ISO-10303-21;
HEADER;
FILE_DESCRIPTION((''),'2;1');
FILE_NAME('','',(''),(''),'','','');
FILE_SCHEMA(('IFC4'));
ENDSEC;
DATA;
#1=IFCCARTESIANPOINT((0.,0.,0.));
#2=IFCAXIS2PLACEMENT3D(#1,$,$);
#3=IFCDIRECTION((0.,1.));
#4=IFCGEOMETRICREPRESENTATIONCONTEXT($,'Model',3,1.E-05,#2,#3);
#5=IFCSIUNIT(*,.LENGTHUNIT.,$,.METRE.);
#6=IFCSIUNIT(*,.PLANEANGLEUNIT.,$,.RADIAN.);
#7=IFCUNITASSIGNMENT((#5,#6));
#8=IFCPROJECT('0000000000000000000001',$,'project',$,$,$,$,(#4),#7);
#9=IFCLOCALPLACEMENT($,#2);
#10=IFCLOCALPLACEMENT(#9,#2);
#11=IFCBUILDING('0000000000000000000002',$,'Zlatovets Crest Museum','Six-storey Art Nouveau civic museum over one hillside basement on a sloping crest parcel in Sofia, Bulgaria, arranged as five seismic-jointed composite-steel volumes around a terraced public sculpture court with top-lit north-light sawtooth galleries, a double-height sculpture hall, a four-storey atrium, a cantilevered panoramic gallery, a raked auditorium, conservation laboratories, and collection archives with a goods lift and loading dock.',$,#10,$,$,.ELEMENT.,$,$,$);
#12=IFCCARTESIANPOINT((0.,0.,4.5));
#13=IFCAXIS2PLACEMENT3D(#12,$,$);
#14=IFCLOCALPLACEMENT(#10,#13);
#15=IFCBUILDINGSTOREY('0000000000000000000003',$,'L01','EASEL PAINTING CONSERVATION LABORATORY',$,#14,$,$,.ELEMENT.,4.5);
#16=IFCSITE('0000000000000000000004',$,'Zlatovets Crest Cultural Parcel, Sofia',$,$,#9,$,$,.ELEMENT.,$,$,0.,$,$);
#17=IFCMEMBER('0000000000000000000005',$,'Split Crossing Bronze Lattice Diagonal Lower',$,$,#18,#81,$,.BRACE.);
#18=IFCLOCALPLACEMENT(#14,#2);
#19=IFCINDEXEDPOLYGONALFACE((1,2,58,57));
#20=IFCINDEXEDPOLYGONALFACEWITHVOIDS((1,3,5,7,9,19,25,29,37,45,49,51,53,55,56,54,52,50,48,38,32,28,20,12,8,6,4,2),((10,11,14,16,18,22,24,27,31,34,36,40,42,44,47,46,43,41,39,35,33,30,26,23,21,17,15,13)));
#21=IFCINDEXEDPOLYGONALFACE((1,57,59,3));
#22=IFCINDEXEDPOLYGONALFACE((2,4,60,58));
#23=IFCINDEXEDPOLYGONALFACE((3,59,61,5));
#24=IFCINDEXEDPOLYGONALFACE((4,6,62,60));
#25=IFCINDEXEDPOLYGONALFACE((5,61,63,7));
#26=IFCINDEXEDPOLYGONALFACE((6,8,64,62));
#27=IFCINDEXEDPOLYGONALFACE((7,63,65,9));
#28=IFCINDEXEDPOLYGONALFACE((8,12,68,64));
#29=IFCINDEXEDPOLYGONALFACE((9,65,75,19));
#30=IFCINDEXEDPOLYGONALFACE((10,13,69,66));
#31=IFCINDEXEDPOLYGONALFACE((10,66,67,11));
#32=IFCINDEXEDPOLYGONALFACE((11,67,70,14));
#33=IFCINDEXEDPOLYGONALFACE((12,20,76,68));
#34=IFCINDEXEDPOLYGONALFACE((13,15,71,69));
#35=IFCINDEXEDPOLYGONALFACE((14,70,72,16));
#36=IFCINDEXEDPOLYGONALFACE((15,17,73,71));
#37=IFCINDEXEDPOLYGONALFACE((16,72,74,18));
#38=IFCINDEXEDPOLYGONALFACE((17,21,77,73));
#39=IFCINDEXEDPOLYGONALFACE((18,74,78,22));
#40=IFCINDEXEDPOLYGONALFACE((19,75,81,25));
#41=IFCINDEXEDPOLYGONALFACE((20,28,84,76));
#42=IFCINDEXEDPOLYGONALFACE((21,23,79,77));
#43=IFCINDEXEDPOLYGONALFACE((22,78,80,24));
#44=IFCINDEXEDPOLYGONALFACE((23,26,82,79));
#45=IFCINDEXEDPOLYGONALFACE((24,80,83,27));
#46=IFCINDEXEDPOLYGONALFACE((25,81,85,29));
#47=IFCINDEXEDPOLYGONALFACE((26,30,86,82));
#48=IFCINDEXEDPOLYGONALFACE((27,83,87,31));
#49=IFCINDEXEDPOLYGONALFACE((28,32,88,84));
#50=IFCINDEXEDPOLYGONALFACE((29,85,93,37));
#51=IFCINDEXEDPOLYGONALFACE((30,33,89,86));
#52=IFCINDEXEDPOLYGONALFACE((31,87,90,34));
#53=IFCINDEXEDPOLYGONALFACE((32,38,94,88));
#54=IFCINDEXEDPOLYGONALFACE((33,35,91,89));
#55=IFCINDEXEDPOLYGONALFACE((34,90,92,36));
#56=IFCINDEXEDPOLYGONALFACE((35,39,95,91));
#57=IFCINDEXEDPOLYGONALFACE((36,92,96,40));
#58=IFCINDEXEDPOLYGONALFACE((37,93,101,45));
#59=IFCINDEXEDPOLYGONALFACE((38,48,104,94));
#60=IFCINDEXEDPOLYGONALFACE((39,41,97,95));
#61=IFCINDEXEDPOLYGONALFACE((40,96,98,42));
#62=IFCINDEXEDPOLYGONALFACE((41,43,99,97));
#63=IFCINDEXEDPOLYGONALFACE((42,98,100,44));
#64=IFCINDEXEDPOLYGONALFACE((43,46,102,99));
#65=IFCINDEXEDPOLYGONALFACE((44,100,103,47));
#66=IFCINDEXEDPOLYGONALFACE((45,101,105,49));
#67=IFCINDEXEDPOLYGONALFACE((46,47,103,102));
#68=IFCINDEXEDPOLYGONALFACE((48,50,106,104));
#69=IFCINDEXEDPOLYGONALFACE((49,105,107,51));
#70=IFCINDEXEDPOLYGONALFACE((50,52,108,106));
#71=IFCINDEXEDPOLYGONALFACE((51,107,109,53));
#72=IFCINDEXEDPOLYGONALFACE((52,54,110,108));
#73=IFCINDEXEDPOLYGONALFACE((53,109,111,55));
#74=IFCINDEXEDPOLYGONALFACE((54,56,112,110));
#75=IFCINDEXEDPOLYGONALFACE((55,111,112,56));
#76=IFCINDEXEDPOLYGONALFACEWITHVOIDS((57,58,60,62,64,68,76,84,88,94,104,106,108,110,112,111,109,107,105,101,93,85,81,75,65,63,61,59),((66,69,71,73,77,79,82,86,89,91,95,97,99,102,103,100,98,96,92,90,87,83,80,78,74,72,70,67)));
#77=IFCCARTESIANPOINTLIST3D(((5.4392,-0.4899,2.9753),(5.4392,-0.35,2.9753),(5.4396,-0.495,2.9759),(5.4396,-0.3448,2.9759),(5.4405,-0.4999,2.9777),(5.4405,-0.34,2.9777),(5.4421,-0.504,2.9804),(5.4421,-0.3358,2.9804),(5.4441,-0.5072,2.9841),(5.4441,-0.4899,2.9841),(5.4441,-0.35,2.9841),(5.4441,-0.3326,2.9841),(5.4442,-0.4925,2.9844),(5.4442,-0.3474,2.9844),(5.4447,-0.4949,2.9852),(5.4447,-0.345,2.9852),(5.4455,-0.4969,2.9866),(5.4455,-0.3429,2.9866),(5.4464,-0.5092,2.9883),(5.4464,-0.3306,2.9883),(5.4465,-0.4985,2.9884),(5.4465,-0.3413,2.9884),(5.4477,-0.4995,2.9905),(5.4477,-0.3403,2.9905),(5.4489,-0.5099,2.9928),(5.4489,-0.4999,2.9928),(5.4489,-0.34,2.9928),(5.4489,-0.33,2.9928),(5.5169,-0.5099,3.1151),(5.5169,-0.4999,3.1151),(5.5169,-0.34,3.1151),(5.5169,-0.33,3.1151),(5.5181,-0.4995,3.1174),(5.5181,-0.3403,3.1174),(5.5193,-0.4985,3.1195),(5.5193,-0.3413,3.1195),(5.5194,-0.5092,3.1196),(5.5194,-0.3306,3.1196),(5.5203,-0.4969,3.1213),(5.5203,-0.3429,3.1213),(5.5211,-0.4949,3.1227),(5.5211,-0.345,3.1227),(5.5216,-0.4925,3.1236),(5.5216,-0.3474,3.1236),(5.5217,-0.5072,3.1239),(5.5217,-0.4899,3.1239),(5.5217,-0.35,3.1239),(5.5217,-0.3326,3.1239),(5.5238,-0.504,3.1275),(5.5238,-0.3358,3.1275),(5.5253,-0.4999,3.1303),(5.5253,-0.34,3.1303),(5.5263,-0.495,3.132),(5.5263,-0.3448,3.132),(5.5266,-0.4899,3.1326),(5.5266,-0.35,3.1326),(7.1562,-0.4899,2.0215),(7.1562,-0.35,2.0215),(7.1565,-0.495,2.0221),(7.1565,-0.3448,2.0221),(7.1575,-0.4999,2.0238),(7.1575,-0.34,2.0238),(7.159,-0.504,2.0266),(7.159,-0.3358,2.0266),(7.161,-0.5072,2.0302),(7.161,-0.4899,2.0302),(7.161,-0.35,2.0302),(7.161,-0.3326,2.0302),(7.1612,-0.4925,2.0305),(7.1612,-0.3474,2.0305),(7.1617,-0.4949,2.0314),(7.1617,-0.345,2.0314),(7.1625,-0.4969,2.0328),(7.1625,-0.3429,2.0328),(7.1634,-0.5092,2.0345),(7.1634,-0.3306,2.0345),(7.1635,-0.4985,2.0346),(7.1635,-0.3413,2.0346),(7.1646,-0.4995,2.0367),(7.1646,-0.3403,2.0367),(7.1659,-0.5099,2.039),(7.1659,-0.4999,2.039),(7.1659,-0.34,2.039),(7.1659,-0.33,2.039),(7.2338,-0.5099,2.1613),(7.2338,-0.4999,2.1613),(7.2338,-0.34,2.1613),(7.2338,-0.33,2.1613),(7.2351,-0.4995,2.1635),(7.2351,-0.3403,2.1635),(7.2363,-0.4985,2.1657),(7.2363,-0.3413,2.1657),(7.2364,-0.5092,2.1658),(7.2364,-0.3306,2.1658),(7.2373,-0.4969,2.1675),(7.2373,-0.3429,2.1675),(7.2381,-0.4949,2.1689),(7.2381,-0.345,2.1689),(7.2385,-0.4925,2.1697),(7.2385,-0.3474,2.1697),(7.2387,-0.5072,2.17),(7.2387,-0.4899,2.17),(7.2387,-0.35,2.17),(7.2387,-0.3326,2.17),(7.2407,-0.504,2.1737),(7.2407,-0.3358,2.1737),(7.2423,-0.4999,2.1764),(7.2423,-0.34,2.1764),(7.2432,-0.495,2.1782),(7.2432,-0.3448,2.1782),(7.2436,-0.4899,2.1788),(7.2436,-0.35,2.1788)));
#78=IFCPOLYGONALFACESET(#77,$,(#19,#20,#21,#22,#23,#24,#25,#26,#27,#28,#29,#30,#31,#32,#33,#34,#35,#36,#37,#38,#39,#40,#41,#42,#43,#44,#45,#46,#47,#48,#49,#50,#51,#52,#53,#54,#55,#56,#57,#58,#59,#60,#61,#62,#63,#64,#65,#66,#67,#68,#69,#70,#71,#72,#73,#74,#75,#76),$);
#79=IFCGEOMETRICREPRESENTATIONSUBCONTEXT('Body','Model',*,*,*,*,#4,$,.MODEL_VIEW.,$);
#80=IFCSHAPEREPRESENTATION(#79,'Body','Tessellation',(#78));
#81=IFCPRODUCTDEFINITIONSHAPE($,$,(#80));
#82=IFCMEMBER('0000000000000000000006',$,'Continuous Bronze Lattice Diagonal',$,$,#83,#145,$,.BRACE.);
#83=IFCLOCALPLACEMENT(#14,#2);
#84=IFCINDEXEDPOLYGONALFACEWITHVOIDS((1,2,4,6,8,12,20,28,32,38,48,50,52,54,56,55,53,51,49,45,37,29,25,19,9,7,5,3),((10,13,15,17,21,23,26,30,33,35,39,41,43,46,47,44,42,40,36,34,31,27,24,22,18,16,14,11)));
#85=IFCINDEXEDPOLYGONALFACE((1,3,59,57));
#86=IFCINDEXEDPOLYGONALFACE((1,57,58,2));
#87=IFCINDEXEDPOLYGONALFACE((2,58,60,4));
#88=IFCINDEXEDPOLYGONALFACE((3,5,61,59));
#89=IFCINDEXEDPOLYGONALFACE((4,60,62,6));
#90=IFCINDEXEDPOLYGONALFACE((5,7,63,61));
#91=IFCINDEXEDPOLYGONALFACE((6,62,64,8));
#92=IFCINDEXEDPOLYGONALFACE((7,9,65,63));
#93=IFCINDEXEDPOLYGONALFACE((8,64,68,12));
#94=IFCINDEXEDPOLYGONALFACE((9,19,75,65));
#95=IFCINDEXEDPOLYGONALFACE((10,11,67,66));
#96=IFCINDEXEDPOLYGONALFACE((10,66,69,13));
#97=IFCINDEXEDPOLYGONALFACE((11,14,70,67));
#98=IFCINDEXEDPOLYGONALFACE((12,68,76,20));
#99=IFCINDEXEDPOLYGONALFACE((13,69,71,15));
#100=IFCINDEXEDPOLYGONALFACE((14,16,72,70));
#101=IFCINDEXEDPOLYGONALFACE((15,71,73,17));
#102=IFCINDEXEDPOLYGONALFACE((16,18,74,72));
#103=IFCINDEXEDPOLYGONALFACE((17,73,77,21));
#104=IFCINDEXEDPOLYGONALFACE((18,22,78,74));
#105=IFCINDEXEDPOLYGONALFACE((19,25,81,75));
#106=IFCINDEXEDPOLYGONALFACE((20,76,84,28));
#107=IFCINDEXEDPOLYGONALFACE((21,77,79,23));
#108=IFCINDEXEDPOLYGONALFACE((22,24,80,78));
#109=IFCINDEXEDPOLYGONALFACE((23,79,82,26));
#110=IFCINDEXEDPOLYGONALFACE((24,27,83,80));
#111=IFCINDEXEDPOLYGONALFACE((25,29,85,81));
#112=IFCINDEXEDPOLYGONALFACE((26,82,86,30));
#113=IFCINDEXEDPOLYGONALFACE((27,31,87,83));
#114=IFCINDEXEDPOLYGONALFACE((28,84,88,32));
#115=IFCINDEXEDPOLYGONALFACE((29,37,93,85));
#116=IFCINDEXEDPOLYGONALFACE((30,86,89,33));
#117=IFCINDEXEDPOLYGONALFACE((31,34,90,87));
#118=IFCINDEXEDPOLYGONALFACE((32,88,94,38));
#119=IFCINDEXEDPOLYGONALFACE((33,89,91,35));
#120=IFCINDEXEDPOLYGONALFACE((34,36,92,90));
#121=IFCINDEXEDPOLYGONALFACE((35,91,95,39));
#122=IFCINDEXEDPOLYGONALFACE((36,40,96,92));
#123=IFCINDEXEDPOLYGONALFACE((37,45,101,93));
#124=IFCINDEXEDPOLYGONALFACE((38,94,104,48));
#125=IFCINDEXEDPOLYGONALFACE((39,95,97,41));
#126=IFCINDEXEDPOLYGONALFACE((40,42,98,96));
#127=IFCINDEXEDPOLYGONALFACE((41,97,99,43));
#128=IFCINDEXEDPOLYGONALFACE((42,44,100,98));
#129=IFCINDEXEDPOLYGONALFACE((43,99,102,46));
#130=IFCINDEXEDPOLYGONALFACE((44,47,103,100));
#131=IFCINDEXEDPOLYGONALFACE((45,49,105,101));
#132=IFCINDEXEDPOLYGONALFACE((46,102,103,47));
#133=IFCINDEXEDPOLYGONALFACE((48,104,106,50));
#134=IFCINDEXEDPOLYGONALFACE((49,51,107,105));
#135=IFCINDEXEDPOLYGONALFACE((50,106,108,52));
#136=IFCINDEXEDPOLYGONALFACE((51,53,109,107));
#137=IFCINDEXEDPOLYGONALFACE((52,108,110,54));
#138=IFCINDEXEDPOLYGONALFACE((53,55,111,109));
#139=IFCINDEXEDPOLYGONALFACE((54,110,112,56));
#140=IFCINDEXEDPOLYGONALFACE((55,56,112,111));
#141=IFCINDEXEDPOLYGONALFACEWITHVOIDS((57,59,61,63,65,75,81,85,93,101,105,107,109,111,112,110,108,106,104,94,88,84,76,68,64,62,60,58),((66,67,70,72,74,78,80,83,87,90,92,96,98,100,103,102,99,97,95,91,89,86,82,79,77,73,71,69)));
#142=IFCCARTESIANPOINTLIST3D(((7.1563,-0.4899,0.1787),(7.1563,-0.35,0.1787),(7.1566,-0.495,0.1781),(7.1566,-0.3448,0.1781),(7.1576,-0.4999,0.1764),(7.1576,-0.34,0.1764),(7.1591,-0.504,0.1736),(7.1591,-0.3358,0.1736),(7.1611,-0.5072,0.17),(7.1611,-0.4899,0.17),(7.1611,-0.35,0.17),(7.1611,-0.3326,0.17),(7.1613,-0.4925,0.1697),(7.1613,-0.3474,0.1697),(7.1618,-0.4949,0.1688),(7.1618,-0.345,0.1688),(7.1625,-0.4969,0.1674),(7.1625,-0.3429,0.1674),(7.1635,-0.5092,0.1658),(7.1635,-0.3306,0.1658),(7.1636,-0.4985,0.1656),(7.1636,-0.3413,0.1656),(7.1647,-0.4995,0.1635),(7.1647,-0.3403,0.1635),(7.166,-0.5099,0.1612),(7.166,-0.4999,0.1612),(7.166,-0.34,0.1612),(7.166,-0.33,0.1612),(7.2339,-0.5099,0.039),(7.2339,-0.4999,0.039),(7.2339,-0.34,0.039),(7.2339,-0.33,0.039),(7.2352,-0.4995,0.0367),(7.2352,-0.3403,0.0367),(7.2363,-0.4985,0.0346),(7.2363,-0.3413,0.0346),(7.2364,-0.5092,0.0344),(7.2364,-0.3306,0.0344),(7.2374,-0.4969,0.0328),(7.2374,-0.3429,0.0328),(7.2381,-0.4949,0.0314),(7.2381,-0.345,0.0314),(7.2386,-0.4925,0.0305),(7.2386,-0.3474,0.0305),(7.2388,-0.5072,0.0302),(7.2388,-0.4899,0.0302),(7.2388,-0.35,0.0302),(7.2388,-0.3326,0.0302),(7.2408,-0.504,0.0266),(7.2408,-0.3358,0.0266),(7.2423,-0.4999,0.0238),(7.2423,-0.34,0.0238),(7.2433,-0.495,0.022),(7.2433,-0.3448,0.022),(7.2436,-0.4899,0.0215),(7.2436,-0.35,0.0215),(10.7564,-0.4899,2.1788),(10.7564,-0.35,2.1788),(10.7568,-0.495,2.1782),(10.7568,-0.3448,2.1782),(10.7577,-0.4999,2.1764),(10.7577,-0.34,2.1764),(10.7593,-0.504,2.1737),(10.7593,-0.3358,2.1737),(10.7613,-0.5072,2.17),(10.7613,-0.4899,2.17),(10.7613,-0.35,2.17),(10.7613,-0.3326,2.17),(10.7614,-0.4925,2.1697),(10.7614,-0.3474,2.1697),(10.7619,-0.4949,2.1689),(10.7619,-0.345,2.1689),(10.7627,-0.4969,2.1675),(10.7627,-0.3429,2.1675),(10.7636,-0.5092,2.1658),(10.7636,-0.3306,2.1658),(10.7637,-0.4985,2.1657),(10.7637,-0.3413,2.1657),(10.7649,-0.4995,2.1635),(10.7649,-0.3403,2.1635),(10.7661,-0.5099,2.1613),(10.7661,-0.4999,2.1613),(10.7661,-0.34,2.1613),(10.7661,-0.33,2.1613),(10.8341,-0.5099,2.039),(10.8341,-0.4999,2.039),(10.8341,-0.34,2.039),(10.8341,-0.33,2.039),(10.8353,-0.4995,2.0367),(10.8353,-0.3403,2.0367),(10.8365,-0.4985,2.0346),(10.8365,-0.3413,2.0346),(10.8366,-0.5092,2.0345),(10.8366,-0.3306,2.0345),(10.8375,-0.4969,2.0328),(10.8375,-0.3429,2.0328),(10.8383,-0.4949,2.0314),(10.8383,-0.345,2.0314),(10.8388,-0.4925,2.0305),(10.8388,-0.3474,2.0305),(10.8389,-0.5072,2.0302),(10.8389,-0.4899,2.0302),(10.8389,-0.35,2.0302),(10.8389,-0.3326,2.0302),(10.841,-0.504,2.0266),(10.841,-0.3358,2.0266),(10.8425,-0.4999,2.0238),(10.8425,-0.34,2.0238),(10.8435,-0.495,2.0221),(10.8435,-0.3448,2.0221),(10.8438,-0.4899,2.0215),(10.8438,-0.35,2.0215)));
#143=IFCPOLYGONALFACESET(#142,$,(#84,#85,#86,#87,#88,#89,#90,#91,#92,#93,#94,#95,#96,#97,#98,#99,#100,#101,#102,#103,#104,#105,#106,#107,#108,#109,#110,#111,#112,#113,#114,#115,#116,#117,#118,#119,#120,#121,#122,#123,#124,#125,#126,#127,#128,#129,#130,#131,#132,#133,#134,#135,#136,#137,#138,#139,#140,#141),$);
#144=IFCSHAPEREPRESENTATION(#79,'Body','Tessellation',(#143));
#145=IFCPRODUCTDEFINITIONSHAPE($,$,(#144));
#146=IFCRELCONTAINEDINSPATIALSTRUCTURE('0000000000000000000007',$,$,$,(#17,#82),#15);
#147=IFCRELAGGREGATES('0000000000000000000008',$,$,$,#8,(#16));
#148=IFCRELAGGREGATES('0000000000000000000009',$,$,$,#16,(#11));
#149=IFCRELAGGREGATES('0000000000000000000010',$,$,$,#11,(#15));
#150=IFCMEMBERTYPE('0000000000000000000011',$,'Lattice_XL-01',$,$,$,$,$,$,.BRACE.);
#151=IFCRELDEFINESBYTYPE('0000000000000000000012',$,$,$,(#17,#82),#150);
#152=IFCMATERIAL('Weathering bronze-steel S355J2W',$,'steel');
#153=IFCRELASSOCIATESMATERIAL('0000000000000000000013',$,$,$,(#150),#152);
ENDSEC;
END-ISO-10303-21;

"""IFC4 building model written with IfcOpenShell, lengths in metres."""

from ifc_helpers import new_model, si_unit, direction, frame, origin, origin_2d, place, context, subcontext, project, spatial, hollow_rectangle, extrude, material, material_profile, profile_set, type_object, element, save


model = new_model("IFC4")

# Units and contexts
model_context = context("Model", 3, precision=1e-05, world=origin(), true_north=direction((0.0, 1.0)))
body_context = subcontext(model_context, "Body", "Model", "MODEL_VIEW")
ifc_project = project(units=[si_unit("LENGTHUNIT", "METRE"), si_unit("PLANEANGLEUNIT", "RADIAN")], contexts=[model_context])

# Site, building, storey
site_placement = place(None, origin())
site = spatial("IfcSite", under=ifc_project, at=site_placement, Name="Zlatovets Crest Cultural Parcel, Sofia", CompositionType="ELEMENT", RefElevation=0.0)
building_placement = place(site_placement, origin())
building = spatial("IfcBuilding", under=site, at=building_placement, Name="Zlatovets Crest Museum", Description="Six-storey Art Nouveau civic museum over one hillside basement on a sloping crest parcel in Sofia, Bulgaria, arranged as five seismic-jointed composite-steel volumes around a terraced public sculpture court with top-lit north-light sawtooth galleries, a double-height sculpture hall, a four-storey atrium, a cantilevered panoramic gallery, a raked auditorium, conservation laboratories, and collection archives with a goods lift and loading dock.", CompositionType="ELEMENT")
storey_placement = place(building_placement, frame((0.0, 0.0, 4.5)))
storey = spatial("IfcBuildingStorey", under=building, at=storey_placement, Name="L01", Description="EASEL PAINTING CONSERVATION LABORATORY", CompositionType="ELEMENT", Elevation=4.5)

# Members
ifc_material_1 = material(Name="Weathering bronze-steel S355J2W", Category="steel")
ifc_material_profile_1 = material_profile(ifc_material_1, hollow_rectangle(XDim=0.1799, YDim=0.1799, WallThickness=0.01, InnerFilletRadius=0.01, OuterFilletRadius=0.02, at=origin_2d()), Name="SHS 180x180x10.0")
ifc_profile_set_1 = profile_set([ifc_material_profile_1], Name="Weathering bronze-steel S355J2W")
member_type_1 = type_object("IfcMemberType", Name="Lattice_XL-01", PredefinedType="BRACE", material=ifc_profile_set_1)
for number, where, z_axis, x_axis, name in (
    (1, (5.4829, -0.4199, 3.054), (0.874169, 0.0, -0.485622), (0.0, 1.0, 0.0), "Split Crossing Bronze Lattice Diagonal Lower"),
):
    element("IfcMember", number, at=place(storey_placement, frame(where, z_axis=z_axis, x_axis=x_axis)), inside=storey, type_object=member_type_1, Name=name, PredefinedType="BRACE", context=body_context, shape_type="SweptSolid", body=[
        extrude(hollow_rectangle(XDim=0.1799, YDim=0.1799, WallThickness=0.01, InnerFilletRadius=0.01, OuterFilletRadius=0.02, at=origin_2d()), origin(), (0.0, 0.0, 1.0), 1.9641),
    ])
member_1_placement = place(storey_placement, frame((7.2, -0.4199, 0.1001), z_axis=(0.874163, 0.0, 0.485633), x_axis=(0.0, 1.0, 0.0)))
element("IfcMember", 2, at=member_1_placement, inside=storey, type_object=member_type_1, Name="Continuous Bronze Lattice Diagonal", PredefinedType="BRACE", context=body_context, shape_type="SweptSolid", body=[
    extrude(hollow_rectangle(XDim=0.1799, YDim=0.1799, WallThickness=0.01, InnerFilletRadius=0.01, OuterFilletRadius=0.02, at=origin_2d()), origin(), (0.0, 0.0, 1.0), 4.1184),
])

save(model, "model.ifc")
